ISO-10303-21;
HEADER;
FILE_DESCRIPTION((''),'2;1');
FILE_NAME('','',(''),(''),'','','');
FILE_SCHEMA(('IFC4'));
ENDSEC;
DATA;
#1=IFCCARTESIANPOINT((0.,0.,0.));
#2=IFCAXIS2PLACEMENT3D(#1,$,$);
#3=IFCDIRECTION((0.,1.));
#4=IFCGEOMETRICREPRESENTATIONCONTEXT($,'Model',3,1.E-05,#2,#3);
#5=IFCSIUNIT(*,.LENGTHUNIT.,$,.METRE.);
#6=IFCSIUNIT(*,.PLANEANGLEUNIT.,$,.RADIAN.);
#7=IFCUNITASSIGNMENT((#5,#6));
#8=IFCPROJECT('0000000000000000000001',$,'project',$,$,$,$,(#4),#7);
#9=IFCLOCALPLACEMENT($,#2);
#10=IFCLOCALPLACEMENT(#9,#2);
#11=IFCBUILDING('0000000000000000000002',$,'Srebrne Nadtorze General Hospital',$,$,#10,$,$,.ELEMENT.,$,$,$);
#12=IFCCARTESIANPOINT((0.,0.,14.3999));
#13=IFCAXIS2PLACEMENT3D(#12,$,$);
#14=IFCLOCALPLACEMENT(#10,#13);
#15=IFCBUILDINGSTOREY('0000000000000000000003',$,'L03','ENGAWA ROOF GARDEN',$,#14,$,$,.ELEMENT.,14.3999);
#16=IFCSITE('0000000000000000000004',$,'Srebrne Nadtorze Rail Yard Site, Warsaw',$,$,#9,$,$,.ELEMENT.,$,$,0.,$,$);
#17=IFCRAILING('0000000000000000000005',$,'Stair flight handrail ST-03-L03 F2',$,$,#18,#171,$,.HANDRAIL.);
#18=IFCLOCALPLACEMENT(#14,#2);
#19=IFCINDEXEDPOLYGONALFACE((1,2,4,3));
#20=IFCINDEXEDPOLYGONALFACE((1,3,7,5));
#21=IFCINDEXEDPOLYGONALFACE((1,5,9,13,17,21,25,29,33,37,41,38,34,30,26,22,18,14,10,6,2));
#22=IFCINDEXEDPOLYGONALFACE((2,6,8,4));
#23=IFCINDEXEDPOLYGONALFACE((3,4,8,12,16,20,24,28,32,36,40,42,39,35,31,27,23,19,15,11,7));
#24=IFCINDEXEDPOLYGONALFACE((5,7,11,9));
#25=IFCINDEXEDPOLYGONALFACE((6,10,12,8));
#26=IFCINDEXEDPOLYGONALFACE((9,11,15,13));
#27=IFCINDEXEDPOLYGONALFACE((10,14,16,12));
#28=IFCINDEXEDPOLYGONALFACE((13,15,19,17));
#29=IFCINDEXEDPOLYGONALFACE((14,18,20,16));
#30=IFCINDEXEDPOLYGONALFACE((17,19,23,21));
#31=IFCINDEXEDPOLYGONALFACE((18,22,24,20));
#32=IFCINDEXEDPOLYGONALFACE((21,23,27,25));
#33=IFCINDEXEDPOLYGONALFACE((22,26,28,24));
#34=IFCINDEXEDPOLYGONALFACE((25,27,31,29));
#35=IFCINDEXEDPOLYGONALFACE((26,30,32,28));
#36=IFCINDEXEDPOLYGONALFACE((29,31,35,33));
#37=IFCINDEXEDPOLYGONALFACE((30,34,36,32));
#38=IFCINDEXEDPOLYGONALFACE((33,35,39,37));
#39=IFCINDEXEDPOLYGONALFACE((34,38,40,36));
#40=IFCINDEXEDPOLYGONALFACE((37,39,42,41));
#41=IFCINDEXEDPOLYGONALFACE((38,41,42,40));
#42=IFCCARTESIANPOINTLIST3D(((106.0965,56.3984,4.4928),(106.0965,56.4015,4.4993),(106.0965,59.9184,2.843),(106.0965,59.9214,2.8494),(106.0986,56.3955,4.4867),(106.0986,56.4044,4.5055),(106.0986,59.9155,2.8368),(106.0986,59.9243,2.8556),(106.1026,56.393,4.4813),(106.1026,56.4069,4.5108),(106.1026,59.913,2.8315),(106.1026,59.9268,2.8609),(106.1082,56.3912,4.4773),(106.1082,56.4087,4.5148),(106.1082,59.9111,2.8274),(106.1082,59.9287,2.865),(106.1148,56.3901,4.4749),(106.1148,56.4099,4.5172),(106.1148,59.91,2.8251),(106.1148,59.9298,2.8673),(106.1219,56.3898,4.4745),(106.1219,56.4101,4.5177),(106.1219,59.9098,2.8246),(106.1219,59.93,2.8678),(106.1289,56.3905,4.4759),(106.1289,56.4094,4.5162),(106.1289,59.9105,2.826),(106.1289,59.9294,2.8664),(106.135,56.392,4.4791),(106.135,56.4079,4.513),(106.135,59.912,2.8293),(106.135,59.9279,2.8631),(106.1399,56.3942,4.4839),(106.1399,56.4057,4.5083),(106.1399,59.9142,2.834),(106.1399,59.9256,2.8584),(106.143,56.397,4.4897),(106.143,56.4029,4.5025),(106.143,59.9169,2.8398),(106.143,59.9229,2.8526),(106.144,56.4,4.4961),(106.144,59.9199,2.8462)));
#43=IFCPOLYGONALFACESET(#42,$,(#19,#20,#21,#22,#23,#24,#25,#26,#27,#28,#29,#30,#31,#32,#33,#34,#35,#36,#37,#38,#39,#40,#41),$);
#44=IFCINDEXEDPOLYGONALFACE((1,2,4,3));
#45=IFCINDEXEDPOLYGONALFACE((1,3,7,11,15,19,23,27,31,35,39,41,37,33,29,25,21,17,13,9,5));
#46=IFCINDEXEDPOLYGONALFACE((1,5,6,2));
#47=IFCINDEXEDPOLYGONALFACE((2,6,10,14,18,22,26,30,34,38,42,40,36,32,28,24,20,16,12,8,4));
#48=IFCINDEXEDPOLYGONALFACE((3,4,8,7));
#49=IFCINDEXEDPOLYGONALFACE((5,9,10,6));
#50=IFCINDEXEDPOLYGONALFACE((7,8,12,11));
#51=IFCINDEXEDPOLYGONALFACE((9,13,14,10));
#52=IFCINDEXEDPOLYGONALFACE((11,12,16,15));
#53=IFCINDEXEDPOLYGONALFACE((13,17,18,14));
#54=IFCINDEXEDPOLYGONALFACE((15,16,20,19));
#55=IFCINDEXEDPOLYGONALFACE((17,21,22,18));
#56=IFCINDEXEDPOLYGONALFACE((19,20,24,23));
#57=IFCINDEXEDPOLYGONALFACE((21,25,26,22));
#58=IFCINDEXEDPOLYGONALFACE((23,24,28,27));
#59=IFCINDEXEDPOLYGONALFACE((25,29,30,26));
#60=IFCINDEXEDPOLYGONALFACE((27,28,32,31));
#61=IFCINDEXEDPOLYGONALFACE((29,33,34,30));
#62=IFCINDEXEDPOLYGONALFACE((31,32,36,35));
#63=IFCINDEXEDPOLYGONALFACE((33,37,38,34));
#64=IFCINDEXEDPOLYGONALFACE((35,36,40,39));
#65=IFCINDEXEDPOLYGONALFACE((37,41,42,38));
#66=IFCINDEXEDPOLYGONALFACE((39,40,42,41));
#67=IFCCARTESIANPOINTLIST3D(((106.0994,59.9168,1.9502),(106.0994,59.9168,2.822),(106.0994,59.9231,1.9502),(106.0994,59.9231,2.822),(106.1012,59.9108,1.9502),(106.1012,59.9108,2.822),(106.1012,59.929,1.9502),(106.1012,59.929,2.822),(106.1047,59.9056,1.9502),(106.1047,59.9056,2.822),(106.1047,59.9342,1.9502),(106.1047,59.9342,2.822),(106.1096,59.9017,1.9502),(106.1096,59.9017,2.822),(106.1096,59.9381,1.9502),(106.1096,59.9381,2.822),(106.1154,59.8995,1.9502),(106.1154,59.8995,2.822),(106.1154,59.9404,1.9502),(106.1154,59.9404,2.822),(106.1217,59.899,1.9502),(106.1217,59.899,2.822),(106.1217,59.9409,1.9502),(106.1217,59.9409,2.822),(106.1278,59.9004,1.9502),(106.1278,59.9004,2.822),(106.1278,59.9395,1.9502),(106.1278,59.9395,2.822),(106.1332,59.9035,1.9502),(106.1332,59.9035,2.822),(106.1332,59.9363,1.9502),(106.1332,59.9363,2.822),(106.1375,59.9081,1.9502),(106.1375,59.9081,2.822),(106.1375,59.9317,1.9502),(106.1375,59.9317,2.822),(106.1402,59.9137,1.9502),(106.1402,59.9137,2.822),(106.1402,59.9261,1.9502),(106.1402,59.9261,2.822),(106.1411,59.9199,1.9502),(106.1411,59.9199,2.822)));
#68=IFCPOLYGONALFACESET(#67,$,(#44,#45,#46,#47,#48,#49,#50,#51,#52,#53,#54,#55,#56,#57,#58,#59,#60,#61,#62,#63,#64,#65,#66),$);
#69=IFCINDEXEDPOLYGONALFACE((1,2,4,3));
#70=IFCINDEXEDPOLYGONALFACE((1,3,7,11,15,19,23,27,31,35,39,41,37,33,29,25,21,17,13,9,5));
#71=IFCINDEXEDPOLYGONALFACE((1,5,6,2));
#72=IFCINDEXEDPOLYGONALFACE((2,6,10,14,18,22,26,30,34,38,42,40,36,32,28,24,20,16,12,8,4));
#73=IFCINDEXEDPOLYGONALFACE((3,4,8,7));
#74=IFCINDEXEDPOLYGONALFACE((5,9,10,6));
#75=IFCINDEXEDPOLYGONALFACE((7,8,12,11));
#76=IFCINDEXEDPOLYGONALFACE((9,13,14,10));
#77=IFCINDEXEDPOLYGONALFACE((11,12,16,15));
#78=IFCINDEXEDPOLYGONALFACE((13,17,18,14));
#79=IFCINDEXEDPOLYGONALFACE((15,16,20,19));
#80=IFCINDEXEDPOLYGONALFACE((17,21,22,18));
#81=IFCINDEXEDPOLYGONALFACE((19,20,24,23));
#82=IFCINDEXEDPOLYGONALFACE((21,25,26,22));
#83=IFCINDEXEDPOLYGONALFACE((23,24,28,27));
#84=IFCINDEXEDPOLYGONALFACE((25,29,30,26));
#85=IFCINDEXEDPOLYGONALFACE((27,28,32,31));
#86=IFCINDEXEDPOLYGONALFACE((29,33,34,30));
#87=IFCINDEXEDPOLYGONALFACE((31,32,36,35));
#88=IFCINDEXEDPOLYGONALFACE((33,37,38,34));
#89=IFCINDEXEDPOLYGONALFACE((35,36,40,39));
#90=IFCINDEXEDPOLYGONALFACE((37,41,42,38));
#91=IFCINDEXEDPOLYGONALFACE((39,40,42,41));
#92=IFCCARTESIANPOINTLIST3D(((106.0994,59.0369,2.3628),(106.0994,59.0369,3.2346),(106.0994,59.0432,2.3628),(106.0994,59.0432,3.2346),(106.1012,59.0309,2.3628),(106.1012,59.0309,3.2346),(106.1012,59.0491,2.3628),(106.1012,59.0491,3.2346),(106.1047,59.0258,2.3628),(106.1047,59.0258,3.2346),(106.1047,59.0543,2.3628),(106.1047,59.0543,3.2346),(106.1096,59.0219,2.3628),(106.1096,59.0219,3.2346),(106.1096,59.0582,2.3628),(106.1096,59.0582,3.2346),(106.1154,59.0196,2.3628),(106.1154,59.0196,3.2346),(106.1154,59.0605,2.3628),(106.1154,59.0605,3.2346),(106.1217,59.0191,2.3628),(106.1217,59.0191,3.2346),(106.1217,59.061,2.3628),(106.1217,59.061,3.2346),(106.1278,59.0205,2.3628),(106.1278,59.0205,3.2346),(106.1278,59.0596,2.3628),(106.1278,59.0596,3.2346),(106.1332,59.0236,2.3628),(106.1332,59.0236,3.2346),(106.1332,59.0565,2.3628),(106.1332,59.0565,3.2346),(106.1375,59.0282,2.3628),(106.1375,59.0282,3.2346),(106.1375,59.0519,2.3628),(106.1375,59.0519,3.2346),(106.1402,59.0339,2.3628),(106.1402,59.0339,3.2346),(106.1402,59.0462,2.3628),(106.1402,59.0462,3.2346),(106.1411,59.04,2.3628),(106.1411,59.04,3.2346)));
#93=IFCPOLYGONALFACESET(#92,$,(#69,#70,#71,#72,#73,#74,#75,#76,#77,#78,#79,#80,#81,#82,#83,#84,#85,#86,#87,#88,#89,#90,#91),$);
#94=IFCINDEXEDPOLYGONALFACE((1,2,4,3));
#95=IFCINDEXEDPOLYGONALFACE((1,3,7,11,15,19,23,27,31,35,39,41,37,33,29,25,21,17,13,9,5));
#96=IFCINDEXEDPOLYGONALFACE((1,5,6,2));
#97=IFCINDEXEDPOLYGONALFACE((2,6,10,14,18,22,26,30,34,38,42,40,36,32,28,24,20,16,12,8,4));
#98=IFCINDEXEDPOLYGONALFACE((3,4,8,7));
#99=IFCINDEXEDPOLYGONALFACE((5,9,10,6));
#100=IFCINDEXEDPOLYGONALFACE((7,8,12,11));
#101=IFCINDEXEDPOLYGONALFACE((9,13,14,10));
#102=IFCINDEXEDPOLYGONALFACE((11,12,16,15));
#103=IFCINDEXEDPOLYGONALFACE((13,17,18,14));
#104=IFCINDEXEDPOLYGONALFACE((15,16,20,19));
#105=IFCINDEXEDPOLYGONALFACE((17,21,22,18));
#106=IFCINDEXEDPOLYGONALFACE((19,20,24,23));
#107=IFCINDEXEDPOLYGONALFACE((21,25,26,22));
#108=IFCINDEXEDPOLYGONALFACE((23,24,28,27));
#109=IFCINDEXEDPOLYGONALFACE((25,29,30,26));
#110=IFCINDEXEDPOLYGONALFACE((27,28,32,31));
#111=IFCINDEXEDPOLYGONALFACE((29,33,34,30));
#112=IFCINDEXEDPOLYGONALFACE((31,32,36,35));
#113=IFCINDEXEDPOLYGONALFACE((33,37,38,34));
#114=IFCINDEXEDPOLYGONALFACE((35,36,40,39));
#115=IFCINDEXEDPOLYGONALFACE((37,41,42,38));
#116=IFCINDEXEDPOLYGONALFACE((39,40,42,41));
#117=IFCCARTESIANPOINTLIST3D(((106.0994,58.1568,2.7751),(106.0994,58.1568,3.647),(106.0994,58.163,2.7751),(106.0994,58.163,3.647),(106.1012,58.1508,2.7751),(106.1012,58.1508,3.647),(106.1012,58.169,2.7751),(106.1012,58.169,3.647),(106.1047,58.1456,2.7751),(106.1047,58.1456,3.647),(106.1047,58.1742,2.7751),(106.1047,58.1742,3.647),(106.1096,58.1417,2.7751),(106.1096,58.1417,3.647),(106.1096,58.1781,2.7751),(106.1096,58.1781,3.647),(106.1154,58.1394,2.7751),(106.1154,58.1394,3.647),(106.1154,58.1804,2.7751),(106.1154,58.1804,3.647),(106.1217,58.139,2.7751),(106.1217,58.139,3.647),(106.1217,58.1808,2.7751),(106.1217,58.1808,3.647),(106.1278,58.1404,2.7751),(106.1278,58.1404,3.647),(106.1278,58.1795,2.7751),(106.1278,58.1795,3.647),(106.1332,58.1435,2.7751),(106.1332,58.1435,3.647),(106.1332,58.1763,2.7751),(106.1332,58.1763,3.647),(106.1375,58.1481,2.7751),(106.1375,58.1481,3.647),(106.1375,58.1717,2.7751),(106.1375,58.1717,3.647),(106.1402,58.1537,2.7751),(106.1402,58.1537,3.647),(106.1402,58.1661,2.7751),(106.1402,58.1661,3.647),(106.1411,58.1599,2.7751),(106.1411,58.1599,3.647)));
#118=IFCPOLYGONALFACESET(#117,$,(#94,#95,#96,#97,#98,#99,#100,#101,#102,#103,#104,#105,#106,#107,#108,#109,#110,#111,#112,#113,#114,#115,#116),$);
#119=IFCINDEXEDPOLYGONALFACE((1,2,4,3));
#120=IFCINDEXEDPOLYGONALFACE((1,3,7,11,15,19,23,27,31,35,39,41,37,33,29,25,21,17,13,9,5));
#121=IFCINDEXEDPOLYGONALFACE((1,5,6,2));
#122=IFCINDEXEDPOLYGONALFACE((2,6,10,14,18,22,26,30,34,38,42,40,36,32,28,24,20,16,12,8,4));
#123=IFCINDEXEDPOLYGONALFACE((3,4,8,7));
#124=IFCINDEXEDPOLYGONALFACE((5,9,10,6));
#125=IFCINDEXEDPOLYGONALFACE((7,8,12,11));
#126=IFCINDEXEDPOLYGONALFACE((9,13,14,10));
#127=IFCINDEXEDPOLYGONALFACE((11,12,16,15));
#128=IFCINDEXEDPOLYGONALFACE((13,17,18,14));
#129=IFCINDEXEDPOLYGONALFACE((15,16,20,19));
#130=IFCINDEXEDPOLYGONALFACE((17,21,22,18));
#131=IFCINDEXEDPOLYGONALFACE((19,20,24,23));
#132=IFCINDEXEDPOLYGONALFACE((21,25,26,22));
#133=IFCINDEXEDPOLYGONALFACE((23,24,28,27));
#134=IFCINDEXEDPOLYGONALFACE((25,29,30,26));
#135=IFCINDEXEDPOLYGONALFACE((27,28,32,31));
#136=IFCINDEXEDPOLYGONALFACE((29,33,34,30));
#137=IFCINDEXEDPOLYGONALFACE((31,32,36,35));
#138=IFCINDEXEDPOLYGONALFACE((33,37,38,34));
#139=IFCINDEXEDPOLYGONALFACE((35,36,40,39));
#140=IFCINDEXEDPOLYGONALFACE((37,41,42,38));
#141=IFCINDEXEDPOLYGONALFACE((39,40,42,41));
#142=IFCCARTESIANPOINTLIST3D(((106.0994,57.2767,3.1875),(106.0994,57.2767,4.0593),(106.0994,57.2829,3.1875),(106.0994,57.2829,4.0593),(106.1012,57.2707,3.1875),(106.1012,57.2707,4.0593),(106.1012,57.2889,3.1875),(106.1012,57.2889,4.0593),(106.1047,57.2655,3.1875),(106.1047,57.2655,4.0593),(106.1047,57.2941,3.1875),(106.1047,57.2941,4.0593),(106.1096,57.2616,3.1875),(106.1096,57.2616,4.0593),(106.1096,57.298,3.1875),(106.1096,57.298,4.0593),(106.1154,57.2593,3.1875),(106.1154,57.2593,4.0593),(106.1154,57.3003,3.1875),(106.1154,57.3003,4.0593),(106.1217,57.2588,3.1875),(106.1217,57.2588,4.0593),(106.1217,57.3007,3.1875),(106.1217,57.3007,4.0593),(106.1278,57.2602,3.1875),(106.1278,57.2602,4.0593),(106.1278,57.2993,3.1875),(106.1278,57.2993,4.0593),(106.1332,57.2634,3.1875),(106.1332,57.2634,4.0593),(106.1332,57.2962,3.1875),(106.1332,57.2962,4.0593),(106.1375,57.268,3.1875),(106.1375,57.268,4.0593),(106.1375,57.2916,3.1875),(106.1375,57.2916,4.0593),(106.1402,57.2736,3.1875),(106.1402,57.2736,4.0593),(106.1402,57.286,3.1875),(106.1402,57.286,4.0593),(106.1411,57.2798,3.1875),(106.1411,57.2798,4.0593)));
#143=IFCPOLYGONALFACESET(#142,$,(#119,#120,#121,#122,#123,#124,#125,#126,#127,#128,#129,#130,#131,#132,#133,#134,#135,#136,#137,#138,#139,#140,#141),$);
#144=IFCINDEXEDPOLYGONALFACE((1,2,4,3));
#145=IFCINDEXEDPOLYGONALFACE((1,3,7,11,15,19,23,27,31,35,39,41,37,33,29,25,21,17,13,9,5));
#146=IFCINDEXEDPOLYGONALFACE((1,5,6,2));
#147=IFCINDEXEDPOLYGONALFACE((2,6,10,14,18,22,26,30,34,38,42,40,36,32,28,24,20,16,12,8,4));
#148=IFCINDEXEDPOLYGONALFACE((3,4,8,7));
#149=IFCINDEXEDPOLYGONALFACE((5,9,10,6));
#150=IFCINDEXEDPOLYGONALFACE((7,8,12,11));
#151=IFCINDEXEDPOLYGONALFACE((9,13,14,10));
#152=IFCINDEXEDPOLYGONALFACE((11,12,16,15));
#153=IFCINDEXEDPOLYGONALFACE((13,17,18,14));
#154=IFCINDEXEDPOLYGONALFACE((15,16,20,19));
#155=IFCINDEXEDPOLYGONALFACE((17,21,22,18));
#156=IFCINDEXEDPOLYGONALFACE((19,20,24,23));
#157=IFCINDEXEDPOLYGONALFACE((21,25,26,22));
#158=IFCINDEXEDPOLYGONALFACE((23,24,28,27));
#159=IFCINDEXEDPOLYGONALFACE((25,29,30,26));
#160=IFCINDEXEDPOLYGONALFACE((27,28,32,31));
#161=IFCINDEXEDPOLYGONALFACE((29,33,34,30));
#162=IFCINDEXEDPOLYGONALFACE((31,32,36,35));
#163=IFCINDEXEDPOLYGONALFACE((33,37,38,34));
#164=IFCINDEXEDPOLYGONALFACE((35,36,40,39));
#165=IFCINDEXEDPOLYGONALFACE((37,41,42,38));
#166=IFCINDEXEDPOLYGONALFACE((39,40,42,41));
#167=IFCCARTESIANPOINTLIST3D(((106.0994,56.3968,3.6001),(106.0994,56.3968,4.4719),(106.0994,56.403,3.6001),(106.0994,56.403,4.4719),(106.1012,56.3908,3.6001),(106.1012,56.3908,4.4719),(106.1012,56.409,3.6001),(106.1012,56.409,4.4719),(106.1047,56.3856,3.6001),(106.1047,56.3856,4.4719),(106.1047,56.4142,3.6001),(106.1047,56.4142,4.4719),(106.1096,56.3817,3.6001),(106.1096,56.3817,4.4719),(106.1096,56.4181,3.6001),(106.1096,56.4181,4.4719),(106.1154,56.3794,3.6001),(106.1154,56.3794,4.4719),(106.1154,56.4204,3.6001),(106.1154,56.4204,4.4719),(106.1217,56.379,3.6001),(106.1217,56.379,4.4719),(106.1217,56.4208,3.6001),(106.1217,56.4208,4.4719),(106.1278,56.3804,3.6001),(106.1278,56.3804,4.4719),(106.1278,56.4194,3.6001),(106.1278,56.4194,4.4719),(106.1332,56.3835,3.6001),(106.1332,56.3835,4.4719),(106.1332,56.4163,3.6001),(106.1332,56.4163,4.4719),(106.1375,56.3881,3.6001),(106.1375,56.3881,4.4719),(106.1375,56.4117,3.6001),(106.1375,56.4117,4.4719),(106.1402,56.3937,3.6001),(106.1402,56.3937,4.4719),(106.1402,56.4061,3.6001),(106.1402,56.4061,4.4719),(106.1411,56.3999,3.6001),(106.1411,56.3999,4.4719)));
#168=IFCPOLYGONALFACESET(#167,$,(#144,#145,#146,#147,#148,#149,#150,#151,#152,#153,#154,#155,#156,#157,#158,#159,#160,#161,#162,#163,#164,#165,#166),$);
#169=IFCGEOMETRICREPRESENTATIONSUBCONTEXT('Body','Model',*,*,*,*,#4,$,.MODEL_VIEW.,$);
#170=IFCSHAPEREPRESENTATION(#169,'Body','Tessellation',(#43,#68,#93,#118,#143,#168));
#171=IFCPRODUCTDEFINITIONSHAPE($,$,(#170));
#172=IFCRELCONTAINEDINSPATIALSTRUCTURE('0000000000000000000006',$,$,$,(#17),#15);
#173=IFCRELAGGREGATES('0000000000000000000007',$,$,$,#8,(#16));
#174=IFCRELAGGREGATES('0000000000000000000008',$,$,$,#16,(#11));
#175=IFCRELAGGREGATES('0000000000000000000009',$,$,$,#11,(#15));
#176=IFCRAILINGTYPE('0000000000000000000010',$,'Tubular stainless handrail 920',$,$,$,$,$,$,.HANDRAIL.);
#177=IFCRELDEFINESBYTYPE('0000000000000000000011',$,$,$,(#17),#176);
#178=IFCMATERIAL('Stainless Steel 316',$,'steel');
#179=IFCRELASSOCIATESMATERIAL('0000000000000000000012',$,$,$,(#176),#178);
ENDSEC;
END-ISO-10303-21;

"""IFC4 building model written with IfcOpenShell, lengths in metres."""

from ifc_helpers import new_model, si_unit, direction, frame, origin, origin_2d, place, context, subcontext, project, spatial, circle, extrude, material, type_object, element, save


model = new_model("IFC4")

# Units and contexts
model_context = context("Model", 3, precision=1e-05, world=origin(), true_north=direction((0.0, 1.0)))
body_context = subcontext(model_context, "Body", "Model", "MODEL_VIEW")
ifc_project = project(units=[si_unit("LENGTHUNIT", "METRE"), si_unit("PLANEANGLEUNIT", "RADIAN")], contexts=[model_context])

# Site, building, storey
site_placement = place(None, origin())
site = spatial("IfcSite", under=ifc_project, at=site_placement, Name="Srebrne Nadtorze Rail Yard Site, Warsaw", CompositionType="ELEMENT", RefElevation=0.0)
building_placement = place(site_placement, origin())
building = spatial("IfcBuilding", under=site, at=building_placement, Name="Srebrne Nadtorze General Hospital", CompositionType="ELEMENT")
storey_placement = place(building_placement, frame((0.0, 0.0, 14.3999)))
storey = spatial("IfcBuildingStorey", under=building, at=storey_placement, Name="L03", Description="ENGAWA ROOF GARDEN", CompositionType="ELEMENT", Elevation=14.3999)

# Railing
ifc_material_1 = material(Name="Stainless Steel 316", Category="steel")
railing_type = type_object("IfcRailingType", Name="Tubular stainless handrail 920", PredefinedType="HANDRAIL", material=ifc_material_1)
railing_placement = place(storey_placement, frame((106.1201, 59.9199, 1.9502)))
element("IfcRailing", 1, at=railing_placement, inside=storey, type_object=railing_type, Name="Stair flight handrail ST-03-L03 F2", PredefinedType="HANDRAIL", context=body_context, shape_type="SweptSolid", body=[
    extrude(circle(Radius=0.0239, at=origin_2d()), frame((0.0, 0.0, 0.896), z_axis=(0.0, -0.905469, 0.424411), x_axis=(1.0, 0.0, 0.0)), (0.0, 0.0, 1.0), 3.8875),
    extrude(circle(Radius=0.021, at=origin_2d()), origin(), (0.0, 0.0, 1.0), 0.8718),
    extrude(circle(Radius=0.021, at=origin_2d()), frame((0.0, -0.8799, 0.4126)), (0.0, 0.0, 1.0), 0.8718),
    extrude(circle(Radius=0.021, at=origin_2d()), frame((0.0, -1.76, 0.825)), (0.0, 0.0, 1.0), 0.8718),
    extrude(circle(Radius=0.021, at=origin_2d()), frame((0.0, -2.6401, 1.2373)), (0.0, 0.0, 1.0), 0.8718),
    extrude(circle(Radius=0.021, at=origin_2d()), frame((0.0, -3.52, 1.6499)), (0.0, 0.0, 1.0), 0.8718),
])

save(model, "model.ifc")
